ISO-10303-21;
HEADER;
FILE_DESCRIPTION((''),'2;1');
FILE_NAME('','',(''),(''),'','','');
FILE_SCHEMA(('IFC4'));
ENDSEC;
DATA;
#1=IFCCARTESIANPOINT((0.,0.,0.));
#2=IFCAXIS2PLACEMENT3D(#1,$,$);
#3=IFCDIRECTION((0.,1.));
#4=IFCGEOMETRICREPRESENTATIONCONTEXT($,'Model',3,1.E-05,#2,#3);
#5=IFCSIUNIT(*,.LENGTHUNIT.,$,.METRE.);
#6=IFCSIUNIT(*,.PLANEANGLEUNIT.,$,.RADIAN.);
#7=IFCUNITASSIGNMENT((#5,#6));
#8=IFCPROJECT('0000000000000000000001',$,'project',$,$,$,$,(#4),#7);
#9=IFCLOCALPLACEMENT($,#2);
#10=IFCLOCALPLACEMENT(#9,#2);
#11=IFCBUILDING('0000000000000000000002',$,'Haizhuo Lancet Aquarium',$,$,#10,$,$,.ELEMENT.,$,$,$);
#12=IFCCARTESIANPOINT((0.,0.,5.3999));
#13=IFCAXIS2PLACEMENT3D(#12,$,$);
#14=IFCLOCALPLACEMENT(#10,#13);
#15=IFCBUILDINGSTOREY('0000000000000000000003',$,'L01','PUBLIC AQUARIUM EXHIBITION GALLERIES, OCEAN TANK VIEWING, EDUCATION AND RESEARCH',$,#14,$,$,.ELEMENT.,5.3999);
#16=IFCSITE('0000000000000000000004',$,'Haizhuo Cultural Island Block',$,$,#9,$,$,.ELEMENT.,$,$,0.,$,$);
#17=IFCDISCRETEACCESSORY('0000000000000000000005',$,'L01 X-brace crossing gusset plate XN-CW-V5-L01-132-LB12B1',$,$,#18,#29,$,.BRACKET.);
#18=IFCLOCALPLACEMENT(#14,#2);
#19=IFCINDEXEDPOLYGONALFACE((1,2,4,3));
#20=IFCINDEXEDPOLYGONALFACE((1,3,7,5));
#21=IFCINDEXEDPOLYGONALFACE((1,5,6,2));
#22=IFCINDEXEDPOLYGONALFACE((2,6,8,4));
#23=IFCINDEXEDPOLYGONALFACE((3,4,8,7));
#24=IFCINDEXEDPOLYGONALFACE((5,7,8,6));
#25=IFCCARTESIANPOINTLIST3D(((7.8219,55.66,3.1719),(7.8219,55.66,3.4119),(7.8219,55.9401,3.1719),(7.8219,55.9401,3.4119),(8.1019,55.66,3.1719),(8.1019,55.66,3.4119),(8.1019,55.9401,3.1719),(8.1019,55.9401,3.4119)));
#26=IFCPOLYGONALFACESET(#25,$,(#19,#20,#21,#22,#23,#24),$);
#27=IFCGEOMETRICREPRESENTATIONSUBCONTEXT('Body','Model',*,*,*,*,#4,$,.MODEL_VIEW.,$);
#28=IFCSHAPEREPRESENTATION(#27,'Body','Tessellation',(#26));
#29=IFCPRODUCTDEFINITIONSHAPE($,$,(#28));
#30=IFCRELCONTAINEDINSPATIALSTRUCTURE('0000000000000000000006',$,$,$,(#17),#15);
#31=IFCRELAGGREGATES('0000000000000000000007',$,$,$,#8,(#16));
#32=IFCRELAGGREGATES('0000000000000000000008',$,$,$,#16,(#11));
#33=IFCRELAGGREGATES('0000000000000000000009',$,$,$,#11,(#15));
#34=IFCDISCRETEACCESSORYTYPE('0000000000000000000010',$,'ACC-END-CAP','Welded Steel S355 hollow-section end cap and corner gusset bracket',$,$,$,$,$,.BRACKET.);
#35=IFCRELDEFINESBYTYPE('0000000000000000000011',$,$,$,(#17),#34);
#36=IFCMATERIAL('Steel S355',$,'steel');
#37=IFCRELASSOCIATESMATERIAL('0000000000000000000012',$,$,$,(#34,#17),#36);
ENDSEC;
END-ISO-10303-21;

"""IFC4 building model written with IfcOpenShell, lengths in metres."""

from ifc_helpers import new_model, si_unit, direction, frame, origin, origin_2d, place, context, subcontext, project, spatial, rectangle, extrude, material, type_object, element, save


model = new_model("IFC4")

# Units and contexts
model_context = context("Model", 3, precision=1e-05, world=origin(), true_north=direction((0.0, 1.0)))
body_context = subcontext(model_context, "Body", "Model", "MODEL_VIEW")
ifc_project = project(units=[si_unit("LENGTHUNIT", "METRE"), si_unit("PLANEANGLEUNIT", "RADIAN")], contexts=[model_context])

# Site, building, storey
site_placement = place(None, origin())
site = spatial("IfcSite", under=ifc_project, at=site_placement, Name="Haizhuo Cultural Island Block", CompositionType="ELEMENT", RefElevation=0.0)
building_placement = place(site_placement, origin())
building = spatial("IfcBuilding", under=site, at=building_placement, Name="Haizhuo Lancet Aquarium", CompositionType="ELEMENT")
storey_placement = place(building_placement, frame((0.0, 0.0, 5.3999)))
storey = spatial("IfcBuildingStorey", under=building, at=storey_placement, Name="L01", Description="PUBLIC AQUARIUM EXHIBITION GALLERIES, OCEAN TANK VIEWING, EDUCATION AND RESEARCH", CompositionType="ELEMENT", Elevation=5.3999)

# Shared definitions
ifc_material_1 = material(Name="Steel S355", Category="steel")

# Discrete accessory
discrete_accessory_type = type_object("IfcDiscreteAccessoryType", Name="ACC-END-CAP", Description="Welded Steel S355 hollow-section end cap and corner gusset bracket", PredefinedType="BRACKET", material=ifc_material_1)
for number, where, z_axis, x_axis, name in (
    (1, (7.9619, 55.8, 3.1719), (0.0, 0.0, 1.0), (1.0, 0.0, 0.0), "L01 X-brace crossing gusset plate XN-CW-V5-L01-132-LB12B1"),
):
    element("IfcDiscreteAccessory", number, at=place(storey_placement, frame(where, z_axis=z_axis, x_axis=x_axis)), inside=storey, type_object=discrete_accessory_type, material=ifc_material_1, Name=name, PredefinedType="BRACKET", context=body_context, shape_type="SweptSolid", body=[
        extrude(rectangle(XDim=0.28, YDim=0.28, at=origin_2d()), origin(), (0.0, 0.0, 1.0), 0.24),
    ])

save(model, "model.ifc")
